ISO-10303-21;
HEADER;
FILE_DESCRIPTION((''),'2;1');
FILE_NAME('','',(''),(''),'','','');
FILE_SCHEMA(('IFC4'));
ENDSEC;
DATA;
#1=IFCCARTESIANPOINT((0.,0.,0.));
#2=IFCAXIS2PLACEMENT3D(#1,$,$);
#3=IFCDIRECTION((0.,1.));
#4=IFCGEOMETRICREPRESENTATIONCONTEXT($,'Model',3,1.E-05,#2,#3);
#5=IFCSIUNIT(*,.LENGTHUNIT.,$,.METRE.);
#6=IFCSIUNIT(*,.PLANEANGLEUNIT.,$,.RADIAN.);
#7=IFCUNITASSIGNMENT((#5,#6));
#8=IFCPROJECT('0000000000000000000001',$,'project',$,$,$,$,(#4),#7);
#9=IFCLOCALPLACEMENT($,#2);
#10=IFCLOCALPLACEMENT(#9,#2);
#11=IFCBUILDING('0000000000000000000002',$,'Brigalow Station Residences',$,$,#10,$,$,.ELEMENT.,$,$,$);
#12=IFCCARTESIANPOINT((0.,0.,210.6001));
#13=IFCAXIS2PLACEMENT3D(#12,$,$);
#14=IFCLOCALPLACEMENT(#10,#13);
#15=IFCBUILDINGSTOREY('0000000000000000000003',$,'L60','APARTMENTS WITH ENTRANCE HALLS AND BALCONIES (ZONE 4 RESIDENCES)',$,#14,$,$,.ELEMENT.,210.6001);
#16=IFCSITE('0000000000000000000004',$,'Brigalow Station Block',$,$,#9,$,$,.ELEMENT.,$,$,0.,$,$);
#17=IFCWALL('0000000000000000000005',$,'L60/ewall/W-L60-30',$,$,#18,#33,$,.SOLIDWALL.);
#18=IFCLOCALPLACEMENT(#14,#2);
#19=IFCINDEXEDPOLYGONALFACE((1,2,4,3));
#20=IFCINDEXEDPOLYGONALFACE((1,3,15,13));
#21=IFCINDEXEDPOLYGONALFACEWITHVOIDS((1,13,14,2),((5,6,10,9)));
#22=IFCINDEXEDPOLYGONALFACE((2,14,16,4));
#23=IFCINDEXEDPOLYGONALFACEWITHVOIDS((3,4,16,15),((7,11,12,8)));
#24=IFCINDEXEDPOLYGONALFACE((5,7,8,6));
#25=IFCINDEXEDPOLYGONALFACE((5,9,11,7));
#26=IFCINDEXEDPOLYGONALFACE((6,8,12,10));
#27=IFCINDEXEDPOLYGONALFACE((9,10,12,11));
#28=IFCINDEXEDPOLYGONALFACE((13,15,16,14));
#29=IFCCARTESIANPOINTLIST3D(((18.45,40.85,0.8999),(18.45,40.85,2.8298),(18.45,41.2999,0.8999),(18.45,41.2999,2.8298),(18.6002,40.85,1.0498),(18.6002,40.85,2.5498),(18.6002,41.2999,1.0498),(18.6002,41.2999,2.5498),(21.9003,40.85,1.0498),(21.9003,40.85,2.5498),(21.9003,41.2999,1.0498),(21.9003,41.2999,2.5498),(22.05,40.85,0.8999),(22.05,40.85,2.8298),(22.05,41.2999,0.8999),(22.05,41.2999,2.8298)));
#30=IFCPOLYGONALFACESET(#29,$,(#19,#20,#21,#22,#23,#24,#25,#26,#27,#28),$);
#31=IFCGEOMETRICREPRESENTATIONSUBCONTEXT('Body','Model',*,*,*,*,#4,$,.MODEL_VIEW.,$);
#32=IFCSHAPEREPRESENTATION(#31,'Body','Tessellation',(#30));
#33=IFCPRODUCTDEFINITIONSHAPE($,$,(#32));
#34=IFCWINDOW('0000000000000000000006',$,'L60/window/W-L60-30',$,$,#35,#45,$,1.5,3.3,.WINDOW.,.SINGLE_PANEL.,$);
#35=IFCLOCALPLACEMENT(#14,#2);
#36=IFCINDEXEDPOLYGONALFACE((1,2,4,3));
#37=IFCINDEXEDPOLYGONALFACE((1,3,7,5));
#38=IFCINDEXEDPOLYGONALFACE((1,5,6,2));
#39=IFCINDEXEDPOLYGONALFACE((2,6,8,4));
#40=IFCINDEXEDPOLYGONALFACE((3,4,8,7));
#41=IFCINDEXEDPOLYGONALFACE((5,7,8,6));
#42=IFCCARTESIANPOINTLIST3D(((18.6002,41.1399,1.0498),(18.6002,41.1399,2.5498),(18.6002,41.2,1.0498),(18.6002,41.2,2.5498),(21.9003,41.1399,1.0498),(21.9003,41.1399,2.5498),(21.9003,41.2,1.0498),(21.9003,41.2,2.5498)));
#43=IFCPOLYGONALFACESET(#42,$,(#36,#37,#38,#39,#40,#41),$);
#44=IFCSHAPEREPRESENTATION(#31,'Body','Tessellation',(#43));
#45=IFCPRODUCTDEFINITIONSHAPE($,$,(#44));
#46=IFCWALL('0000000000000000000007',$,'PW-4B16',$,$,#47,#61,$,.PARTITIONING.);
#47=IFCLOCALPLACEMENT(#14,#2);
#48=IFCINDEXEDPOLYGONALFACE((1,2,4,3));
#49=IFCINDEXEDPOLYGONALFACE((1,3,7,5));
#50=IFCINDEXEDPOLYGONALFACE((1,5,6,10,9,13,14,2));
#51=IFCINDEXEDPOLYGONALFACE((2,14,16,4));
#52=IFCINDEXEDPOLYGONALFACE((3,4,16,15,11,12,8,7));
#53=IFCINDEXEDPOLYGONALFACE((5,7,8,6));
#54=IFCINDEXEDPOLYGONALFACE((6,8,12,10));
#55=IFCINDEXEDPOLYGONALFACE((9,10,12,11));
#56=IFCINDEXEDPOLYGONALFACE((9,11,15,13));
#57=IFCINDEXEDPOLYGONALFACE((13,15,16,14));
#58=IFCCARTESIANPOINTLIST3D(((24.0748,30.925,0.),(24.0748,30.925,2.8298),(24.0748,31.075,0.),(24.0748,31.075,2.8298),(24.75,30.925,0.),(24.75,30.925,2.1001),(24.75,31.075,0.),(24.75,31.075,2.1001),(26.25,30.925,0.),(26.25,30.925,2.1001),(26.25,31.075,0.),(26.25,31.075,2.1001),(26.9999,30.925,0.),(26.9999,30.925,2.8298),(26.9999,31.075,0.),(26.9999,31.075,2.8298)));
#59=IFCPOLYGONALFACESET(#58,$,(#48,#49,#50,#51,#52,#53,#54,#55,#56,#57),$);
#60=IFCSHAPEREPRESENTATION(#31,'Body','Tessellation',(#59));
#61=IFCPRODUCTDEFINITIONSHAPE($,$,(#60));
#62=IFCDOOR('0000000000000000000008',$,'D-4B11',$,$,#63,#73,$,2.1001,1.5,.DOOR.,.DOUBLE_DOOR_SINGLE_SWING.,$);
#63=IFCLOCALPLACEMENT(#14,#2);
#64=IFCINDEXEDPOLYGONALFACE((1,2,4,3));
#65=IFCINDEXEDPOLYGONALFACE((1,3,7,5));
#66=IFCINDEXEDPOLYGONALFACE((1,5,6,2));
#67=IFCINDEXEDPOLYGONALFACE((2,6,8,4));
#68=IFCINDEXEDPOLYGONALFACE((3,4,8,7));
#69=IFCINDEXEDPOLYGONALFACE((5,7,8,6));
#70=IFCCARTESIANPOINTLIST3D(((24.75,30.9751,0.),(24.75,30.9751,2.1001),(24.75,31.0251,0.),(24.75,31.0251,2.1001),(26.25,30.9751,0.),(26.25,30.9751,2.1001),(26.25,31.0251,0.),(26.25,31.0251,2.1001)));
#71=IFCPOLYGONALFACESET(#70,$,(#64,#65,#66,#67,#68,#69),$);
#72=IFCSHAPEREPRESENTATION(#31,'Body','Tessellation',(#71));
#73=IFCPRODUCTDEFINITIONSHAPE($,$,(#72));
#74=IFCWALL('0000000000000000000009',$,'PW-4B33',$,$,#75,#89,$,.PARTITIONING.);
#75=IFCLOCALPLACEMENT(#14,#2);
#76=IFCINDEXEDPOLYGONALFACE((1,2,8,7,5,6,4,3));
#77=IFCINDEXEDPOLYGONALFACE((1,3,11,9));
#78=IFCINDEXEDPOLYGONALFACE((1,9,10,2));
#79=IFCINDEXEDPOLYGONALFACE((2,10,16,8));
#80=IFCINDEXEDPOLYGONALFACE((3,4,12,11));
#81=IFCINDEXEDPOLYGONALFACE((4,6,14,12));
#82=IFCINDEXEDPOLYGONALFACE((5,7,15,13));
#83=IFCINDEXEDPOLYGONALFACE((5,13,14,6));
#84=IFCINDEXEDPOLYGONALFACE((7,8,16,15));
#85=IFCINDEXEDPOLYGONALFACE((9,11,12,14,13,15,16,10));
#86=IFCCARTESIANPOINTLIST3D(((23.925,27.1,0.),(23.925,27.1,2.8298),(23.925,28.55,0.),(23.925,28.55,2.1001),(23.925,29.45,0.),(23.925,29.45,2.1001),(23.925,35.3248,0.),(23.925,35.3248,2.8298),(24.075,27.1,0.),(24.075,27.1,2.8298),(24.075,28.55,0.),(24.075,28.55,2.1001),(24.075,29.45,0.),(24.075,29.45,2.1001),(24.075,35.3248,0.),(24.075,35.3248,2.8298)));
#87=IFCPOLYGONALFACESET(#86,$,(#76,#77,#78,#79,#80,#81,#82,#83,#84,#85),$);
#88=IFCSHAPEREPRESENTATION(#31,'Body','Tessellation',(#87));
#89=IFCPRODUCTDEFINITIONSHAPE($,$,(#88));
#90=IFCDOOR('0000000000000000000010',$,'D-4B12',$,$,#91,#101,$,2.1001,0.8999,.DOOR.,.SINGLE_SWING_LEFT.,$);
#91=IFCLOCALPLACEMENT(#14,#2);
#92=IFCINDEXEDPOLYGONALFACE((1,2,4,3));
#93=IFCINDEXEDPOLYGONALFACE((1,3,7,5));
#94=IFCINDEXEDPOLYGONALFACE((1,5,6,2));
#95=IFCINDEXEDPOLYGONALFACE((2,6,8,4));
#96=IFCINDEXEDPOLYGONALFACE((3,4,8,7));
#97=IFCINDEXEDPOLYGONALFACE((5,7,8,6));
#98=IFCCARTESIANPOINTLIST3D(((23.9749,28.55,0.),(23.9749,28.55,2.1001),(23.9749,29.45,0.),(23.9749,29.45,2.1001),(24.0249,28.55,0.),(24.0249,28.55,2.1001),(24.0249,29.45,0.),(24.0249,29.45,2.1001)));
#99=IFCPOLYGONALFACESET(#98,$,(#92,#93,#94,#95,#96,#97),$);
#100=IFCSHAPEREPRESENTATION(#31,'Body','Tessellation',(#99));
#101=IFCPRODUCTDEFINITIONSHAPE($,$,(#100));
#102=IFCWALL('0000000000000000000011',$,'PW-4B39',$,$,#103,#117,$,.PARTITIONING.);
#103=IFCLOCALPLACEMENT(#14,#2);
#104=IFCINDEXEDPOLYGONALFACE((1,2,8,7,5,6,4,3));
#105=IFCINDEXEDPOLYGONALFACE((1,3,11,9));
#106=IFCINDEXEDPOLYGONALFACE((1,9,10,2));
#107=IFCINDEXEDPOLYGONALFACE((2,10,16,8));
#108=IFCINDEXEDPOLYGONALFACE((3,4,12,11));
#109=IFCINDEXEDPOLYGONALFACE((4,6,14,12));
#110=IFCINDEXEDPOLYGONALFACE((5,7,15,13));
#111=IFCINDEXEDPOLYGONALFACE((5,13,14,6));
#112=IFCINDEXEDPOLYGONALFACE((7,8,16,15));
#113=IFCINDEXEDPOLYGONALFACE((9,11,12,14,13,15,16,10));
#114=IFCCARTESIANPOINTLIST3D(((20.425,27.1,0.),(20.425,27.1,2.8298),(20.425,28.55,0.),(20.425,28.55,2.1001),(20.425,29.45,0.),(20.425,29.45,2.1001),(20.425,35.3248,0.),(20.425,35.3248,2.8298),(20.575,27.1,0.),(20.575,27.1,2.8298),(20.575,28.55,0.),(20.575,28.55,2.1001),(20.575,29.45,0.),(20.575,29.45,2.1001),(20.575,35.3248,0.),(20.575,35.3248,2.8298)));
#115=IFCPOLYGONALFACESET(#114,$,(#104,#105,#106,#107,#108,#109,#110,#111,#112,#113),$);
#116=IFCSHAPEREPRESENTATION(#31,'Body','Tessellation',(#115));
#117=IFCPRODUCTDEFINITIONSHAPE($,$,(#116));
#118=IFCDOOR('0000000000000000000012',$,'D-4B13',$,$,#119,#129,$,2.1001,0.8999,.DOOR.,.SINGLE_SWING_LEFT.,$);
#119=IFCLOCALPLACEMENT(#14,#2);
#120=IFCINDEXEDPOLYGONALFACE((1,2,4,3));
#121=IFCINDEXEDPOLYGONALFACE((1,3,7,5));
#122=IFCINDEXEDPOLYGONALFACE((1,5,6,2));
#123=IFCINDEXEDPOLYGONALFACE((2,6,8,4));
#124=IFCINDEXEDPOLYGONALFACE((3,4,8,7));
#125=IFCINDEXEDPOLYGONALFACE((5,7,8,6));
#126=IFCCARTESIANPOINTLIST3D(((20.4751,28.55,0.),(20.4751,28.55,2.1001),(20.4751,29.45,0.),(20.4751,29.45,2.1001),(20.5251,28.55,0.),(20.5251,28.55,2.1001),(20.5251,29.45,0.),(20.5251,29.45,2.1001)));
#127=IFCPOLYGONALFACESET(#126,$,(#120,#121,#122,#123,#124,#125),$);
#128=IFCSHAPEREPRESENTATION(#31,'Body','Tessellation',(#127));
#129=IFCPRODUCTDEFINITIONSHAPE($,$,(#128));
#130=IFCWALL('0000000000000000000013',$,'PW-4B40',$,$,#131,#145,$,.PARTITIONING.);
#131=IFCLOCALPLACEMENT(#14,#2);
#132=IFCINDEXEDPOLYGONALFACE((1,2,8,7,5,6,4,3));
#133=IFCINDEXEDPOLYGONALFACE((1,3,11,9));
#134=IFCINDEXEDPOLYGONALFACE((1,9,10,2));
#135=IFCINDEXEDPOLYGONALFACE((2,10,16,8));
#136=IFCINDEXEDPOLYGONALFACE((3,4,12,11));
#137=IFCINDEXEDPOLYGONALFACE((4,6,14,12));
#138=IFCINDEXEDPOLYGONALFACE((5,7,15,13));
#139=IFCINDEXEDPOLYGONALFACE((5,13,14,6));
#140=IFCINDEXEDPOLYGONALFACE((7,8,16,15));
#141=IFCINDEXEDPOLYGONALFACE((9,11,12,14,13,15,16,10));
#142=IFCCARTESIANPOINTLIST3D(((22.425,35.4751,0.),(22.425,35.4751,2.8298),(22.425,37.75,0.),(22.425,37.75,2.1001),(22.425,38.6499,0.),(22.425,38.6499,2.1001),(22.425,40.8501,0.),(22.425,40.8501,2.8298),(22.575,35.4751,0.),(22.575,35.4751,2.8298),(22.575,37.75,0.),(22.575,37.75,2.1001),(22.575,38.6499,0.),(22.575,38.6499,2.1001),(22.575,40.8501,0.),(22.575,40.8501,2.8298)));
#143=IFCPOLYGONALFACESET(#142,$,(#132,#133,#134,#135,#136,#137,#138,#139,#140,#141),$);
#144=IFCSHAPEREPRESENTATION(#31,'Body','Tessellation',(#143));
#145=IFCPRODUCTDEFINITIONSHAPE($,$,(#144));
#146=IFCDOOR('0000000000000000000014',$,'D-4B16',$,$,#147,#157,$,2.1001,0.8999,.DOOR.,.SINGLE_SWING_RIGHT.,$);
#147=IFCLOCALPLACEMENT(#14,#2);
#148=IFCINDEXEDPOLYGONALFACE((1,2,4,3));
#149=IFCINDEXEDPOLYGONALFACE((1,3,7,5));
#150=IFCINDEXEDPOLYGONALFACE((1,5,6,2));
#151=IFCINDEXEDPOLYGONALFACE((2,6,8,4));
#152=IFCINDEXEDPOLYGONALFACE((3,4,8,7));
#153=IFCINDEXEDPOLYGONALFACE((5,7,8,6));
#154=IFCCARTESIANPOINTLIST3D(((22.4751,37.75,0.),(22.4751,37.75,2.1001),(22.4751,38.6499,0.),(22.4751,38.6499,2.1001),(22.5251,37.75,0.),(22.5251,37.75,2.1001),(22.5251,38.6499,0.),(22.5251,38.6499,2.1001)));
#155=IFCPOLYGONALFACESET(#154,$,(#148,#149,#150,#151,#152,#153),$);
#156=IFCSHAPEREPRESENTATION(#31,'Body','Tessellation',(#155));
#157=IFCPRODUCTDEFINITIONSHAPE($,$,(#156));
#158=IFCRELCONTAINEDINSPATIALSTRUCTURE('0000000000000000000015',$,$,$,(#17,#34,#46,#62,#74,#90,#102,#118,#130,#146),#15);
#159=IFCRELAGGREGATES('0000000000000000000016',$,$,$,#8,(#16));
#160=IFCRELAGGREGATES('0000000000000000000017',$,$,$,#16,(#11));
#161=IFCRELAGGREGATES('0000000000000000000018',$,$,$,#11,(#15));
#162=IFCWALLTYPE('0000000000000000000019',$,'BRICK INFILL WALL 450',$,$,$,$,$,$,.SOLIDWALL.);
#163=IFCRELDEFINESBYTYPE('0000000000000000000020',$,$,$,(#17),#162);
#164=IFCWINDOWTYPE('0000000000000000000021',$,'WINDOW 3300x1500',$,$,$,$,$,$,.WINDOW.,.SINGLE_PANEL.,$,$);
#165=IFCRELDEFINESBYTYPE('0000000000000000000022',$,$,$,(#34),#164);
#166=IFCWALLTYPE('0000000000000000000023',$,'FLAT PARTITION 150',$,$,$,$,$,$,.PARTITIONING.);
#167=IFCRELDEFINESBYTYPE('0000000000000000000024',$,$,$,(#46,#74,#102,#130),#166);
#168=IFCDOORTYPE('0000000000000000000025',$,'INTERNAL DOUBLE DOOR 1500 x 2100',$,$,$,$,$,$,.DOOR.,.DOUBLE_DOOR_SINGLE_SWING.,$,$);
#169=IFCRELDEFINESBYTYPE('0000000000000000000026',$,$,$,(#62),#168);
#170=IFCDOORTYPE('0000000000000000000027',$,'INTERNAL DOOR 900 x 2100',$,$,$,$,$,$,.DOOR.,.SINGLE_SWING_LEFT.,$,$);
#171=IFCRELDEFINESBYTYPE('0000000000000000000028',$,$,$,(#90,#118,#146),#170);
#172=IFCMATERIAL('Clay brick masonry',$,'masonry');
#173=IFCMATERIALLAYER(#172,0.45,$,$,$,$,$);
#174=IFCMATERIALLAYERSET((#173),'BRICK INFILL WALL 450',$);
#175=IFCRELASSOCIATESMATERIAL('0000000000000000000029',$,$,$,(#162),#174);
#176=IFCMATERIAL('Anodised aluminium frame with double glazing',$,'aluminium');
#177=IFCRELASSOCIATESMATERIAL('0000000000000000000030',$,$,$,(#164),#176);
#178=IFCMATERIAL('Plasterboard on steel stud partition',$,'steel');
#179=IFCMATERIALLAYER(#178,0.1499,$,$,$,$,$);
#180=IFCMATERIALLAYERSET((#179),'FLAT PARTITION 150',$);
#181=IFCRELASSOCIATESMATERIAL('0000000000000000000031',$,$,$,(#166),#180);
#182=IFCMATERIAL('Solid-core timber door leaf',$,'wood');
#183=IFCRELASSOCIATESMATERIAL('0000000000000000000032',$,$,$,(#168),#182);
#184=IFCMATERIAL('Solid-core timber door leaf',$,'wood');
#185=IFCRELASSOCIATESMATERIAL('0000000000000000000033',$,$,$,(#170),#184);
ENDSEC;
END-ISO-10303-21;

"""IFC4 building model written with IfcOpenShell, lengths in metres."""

from ifc_helpers import new_model, si_unit, direction, frame, frame_2d, origin, place, context, subcontext, project, spatial, rectangle, extrude, material, layer, layer_set, type_object, element, fill, save


model = new_model("IFC4")

# Units and contexts
model_context = context("Model", 3, precision=1e-05, world=origin(), true_north=direction((0.0, 1.0)))
body_context = subcontext(model_context, "Body", "Model", "MODEL_VIEW")
ifc_project = project(units=[si_unit("LENGTHUNIT", "METRE"), si_unit("PLANEANGLEUNIT", "RADIAN")], contexts=[model_context])

# Site, building, storey
site_placement = place(None, origin())
site = spatial("IfcSite", under=ifc_project, at=site_placement, Name="Brigalow Station Block", CompositionType="ELEMENT", RefElevation=0.0)
building_placement = place(site_placement, origin())
building = spatial("IfcBuilding", under=site, at=building_placement, Name="Brigalow Station Residences", CompositionType="ELEMENT")
storey_placement = place(building_placement, frame((0.0, 0.0, 210.6001)))
storey = spatial("IfcBuildingStorey", under=building, at=storey_placement, Name="L60", Description="APARTMENTS WITH ENTRANCE HALLS AND BALCONIES (ZONE 4 RESIDENCES)", CompositionType="ELEMENT", Elevation=210.6001)

# Wall, opening, window
ifc_material_1 = material(Name="Clay brick masonry", Category="masonry")
ifc_layer_1 = layer(ifc_material_1, 0.45)
ifc_layer_set_1 = layer_set([ifc_layer_1], Name="BRICK INFILL WALL 450")
wall_type_1 = type_object("IfcWallType", Name="BRICK INFILL WALL 450", PredefinedType="SOLIDWALL", material=ifc_layer_set_1)
ifc_material_2 = material(Name="Anodised aluminium frame with double glazing", Category="aluminium")
window_type = type_object("IfcWindowType", Name="WINDOW 3300x1500", PartitioningType="SINGLE_PANEL", PredefinedType="WINDOW", material=ifc_material_2)
wall_1_placement = place(storey_placement, frame((22.05, 41.075, 0.8999), z_axis=(0.0, 0.0, 1.0), x_axis=(-1.0, 0.0, 0.0)))
wall_1 = element("IfcWall", 1, at=wall_1_placement, inside=storey, type_object=wall_type_1, Name="L60/ewall/W-L60-30", PredefinedType="SOLIDWALL", context=body_context, shape_type="SweptSolid", body=[
    extrude(rectangle(XDim=3.6001, YDim=0.45, at=frame_2d((1.8, 0.0))), origin(), (0.0, 0.0, 1.0), 1.9299),
])
opening_1_placement = place(wall_1_placement, frame((0.1499, 0.0, 0.1499)))
opening_1 = element("IfcOpeningElement", 2, at=opening_1_placement, cuts=wall_1, PredefinedType="OPENING", context=body_context, shape_type="SweptSolid", body=[
    extrude(rectangle(XDim=3.3, YDim=1.5, at=frame_2d((1.6499, 0.75))), frame((0.0, 0.2349, 0.0), z_axis=(0.0, -1.0, 0.0), x_axis=(1.0, 0.0, 0.0)), (0.0, 0.0, 1.0), 0.47),
])
window_1_placement = place(opening_1_placement, origin())
window_1 = element("IfcWindow", 3, at=window_1_placement, inside=storey, type_object=window_type, Name="L60/window/W-L60-30", OverallHeight=1.5, OverallWidth=3.3, PartitioningType="SINGLE_PANEL", PredefinedType="WINDOW", context=body_context, shape_type="SweptSolid", body=[
    extrude(rectangle(XDim=3.3, YDim=1.5, at=frame_2d((1.6499, 0.75))), frame((0.0, -0.0649, 0.0), z_axis=(0.0, -1.0, 0.0), x_axis=(1.0, 0.0, 0.0)), (0.0, 0.0, 1.0), 0.0601),
])
fill(opening_1, window_1)

# Walls, openings, doors
ifc_material_3 = material(Name="Plasterboard on steel stud partition", Category="steel")
ifc_layer_2 = layer(ifc_material_3, 0.1499)
ifc_layer_set_2 = layer_set([ifc_layer_2], Name="FLAT PARTITION 150")
wall_type_2 = type_object("IfcWallType", Name="FLAT PARTITION 150", PredefinedType="PARTITIONING", material=ifc_layer_set_2)
wall_2_placement = place(storey_placement, frame((24.075, 31.0, 0.0), z_axis=(0.0, 0.0, 1.0), x_axis=(1.0, 0.0, 0.0)))
wall_2 = element("IfcWall", 4, at=wall_2_placement, inside=storey, type_object=wall_type_2, Name="PW-4B16", PredefinedType="PARTITIONING", context=body_context, shape_type="SweptSolid", body=[
    extrude(rectangle(XDim=2.925, YDim=0.1499, at=frame_2d((1.4624, 0.0))), origin(), (0.0, 0.0, 1.0), 2.8298),
])
opening_2_placement = place(wall_2_placement, frame((0.675, 0.0, 0.0)))
opening_2 = element("IfcOpeningElement", 5, at=opening_2_placement, cuts=wall_2, PredefinedType="OPENING", context=body_context, shape_type="SweptSolid", body=[
    extrude(rectangle(XDim=1.5, YDim=2.1001, at=frame_2d((0.75, 1.05))), frame((0.0, 0.085, 0.0), z_axis=(0.0, -1.0, 0.0), x_axis=(1.0, 0.0, 0.0)), (0.0, 0.0, 1.0), 0.1699),
])
ifc_material_4 = material(Name="Solid-core timber door leaf", Category="wood")
door_type_1 = type_object("IfcDoorType", Name="INTERNAL DOUBLE DOOR 1500 x 2100", OperationType="DOUBLE_DOOR_SINGLE_SWING", PredefinedType="DOOR", material=ifc_material_4)
door_1_placement = place(opening_2_placement, frame((1.5, 0.0, 0.0), z_axis=(0.0, 0.0, 1.0), x_axis=(-1.0, 0.0, 0.0)))
door_1 = element("IfcDoor", 6, at=door_1_placement, inside=storey, type_object=door_type_1, Name="D-4B11", OperationType="DOUBLE_DOOR_SINGLE_SWING", OverallHeight=2.1001, OverallWidth=1.5, PredefinedType="DOOR", context=body_context, shape_type="SweptSolid", body=[
    extrude(rectangle(XDim=1.5, YDim=2.1001, at=frame_2d((0.75, 1.05))), frame((0.0, 0.0249, 0.0), z_axis=(0.0, -1.0, 0.0), x_axis=(1.0, 0.0, 0.0)), (0.0, 0.0, 1.0), 0.05),
])
fill(opening_2, door_1)
wall_3_placement = place(storey_placement, frame((24.0, 27.1001, 0.0), z_axis=(0.0, 0.0, 1.0), x_axis=(0.0, 1.0, 0.0)))
wall_3 = element("IfcWall", 7, at=wall_3_placement, inside=storey, type_object=wall_type_2, Name="PW-4B33", PredefinedType="PARTITIONING", context=body_context, shape_type="SweptSolid", body=[
    extrude(rectangle(XDim=8.2249, YDim=0.1499, at=frame_2d((4.1123, 0.0))), origin(), (0.0, 0.0, 1.0), 2.8298),
])
opening_3_placement = place(wall_3_placement, frame((1.45, 0.0, 0.0)))
opening_3 = element("IfcOpeningElement", 8, at=opening_3_placement, cuts=wall_3, PredefinedType="OPENING", context=body_context, shape_type="SweptSolid", body=[
    extrude(rectangle(XDim=0.8999, YDim=2.1001, at=frame_2d((0.45, 1.05))), frame((0.0, 0.085, 0.0), z_axis=(0.0, -1.0, 0.0), x_axis=(1.0, 0.0, 0.0)), (0.0, 0.0, 1.0), 0.1699),
])
ifc_material_5 = material(Name="Solid-core timber door leaf", Category="wood")
door_type_2 = type_object("IfcDoorType", Name="INTERNAL DOOR 900 x 2100", OperationType="SINGLE_SWING_LEFT", PredefinedType="DOOR", material=ifc_material_5)
door_2_placement = place(opening_3_placement, frame((0.8999, 0.0, 0.0), z_axis=(0.0, 0.0, 1.0), x_axis=(-1.0, 0.0, 0.0)))
door_2 = element("IfcDoor", 9, at=door_2_placement, inside=storey, type_object=door_type_2, Name="D-4B12", OperationType="SINGLE_SWING_LEFT", OverallHeight=2.1001, OverallWidth=0.8999, PredefinedType="DOOR", context=body_context, shape_type="SweptSolid", body=[
    extrude(rectangle(XDim=0.8999, YDim=2.1001, at=frame_2d((0.45, 1.05))), frame((0.0, 0.0249, 0.0), z_axis=(0.0, -1.0, 0.0), x_axis=(1.0, 0.0, 0.0)), (0.0, 0.0, 1.0), 0.05),
])
fill(opening_3, door_2)
wall_4_placement = place(storey_placement, frame((20.5, 27.1001, 0.0), z_axis=(0.0, 0.0, 1.0), x_axis=(0.0, 1.0, 0.0)))
wall_4 = element("IfcWall", 10, at=wall_4_placement, inside=storey, type_object=wall_type_2, Name="PW-4B39", PredefinedType="PARTITIONING", context=body_context, shape_type="SweptSolid", body=[
    extrude(rectangle(XDim=8.2249, YDim=0.1499, at=frame_2d((4.1123, 0.0))), origin(), (0.0, 0.0, 1.0), 2.8298),
])
opening_4_placement = place(wall_4_placement, frame((1.45, 0.0, 0.0)))
opening_4 = element("IfcOpeningElement", 11, at=opening_4_placement, cuts=wall_4, PredefinedType="OPENING", context=body_context, shape_type="SweptSolid", body=[
    extrude(rectangle(XDim=0.8999, YDim=2.1001, at=frame_2d((0.45, 1.05))), frame((0.0, 0.085, 0.0), z_axis=(0.0, -1.0, 0.0), x_axis=(1.0, 0.0, 0.0)), (0.0, 0.0, 1.0), 0.1699),
])
door_3_placement = place(opening_4_placement, origin())
door_3 = element("IfcDoor", 12, at=door_3_placement, inside=storey, type_object=door_type_2, Name="D-4B13", OperationType="SINGLE_SWING_LEFT", OverallHeight=2.1001, OverallWidth=0.8999, PredefinedType="DOOR", context=body_context, shape_type="SweptSolid", body=[
    extrude(rectangle(XDim=0.8999, YDim=2.1001, at=frame_2d((0.45, 1.05))), frame((0.0, 0.0249, 0.0), z_axis=(0.0, -1.0, 0.0), x_axis=(1.0, 0.0, 0.0)), (0.0, 0.0, 1.0), 0.05),
])
fill(opening_4, door_3)
wall_5_placement = place(storey_placement, frame((22.5, 35.4751, 0.0), z_axis=(0.0, 0.0, 1.0), x_axis=(0.0, 1.0, 0.0)))
wall_5 = element("IfcWall", 13, at=wall_5_placement, inside=storey, type_object=wall_type_2, Name="PW-4B40", PredefinedType="PARTITIONING", context=body_context, shape_type="SweptSolid", body=[
    extrude(rectangle(XDim=5.375, YDim=0.1499, at=frame_2d((2.6875, 0.0))), origin(), (0.0, 0.0, 1.0), 2.8298),
])
opening_5_placement = place(wall_5_placement, frame((2.2749, 0.0, 0.0)))
opening_5 = element("IfcOpeningElement", 14, at=opening_5_placement, cuts=wall_5, PredefinedType="OPENING", context=body_context, shape_type="SweptSolid", body=[
    extrude(rectangle(XDim=0.8999, YDim=2.1001, at=frame_2d((0.45, 1.05))), frame((0.0, 0.085, 0.0), z_axis=(0.0, -1.0, 0.0), x_axis=(1.0, 0.0, 0.0)), (0.0, 0.0, 1.0), 0.1699),
])
door_4_placement = place(opening_5_placement, origin())
door_4 = element("IfcDoor", 15, at=door_4_placement, inside=storey, type_object=door_type_2, Name="D-4B16", OperationType="SINGLE_SWING_RIGHT", OverallHeight=2.1001, OverallWidth=0.8999, PredefinedType="DOOR", context=body_context, shape_type="SweptSolid", body=[
    extrude(rectangle(XDim=0.8999, YDim=2.1001, at=frame_2d((0.45, 1.05))), frame((0.0, 0.0249, 0.0), z_axis=(0.0, -1.0, 0.0), x_axis=(1.0, 0.0, 0.0)), (0.0, 0.0, 1.0), 0.05),
])
fill(opening_5, door_4)

save(model, "model.ifc")
